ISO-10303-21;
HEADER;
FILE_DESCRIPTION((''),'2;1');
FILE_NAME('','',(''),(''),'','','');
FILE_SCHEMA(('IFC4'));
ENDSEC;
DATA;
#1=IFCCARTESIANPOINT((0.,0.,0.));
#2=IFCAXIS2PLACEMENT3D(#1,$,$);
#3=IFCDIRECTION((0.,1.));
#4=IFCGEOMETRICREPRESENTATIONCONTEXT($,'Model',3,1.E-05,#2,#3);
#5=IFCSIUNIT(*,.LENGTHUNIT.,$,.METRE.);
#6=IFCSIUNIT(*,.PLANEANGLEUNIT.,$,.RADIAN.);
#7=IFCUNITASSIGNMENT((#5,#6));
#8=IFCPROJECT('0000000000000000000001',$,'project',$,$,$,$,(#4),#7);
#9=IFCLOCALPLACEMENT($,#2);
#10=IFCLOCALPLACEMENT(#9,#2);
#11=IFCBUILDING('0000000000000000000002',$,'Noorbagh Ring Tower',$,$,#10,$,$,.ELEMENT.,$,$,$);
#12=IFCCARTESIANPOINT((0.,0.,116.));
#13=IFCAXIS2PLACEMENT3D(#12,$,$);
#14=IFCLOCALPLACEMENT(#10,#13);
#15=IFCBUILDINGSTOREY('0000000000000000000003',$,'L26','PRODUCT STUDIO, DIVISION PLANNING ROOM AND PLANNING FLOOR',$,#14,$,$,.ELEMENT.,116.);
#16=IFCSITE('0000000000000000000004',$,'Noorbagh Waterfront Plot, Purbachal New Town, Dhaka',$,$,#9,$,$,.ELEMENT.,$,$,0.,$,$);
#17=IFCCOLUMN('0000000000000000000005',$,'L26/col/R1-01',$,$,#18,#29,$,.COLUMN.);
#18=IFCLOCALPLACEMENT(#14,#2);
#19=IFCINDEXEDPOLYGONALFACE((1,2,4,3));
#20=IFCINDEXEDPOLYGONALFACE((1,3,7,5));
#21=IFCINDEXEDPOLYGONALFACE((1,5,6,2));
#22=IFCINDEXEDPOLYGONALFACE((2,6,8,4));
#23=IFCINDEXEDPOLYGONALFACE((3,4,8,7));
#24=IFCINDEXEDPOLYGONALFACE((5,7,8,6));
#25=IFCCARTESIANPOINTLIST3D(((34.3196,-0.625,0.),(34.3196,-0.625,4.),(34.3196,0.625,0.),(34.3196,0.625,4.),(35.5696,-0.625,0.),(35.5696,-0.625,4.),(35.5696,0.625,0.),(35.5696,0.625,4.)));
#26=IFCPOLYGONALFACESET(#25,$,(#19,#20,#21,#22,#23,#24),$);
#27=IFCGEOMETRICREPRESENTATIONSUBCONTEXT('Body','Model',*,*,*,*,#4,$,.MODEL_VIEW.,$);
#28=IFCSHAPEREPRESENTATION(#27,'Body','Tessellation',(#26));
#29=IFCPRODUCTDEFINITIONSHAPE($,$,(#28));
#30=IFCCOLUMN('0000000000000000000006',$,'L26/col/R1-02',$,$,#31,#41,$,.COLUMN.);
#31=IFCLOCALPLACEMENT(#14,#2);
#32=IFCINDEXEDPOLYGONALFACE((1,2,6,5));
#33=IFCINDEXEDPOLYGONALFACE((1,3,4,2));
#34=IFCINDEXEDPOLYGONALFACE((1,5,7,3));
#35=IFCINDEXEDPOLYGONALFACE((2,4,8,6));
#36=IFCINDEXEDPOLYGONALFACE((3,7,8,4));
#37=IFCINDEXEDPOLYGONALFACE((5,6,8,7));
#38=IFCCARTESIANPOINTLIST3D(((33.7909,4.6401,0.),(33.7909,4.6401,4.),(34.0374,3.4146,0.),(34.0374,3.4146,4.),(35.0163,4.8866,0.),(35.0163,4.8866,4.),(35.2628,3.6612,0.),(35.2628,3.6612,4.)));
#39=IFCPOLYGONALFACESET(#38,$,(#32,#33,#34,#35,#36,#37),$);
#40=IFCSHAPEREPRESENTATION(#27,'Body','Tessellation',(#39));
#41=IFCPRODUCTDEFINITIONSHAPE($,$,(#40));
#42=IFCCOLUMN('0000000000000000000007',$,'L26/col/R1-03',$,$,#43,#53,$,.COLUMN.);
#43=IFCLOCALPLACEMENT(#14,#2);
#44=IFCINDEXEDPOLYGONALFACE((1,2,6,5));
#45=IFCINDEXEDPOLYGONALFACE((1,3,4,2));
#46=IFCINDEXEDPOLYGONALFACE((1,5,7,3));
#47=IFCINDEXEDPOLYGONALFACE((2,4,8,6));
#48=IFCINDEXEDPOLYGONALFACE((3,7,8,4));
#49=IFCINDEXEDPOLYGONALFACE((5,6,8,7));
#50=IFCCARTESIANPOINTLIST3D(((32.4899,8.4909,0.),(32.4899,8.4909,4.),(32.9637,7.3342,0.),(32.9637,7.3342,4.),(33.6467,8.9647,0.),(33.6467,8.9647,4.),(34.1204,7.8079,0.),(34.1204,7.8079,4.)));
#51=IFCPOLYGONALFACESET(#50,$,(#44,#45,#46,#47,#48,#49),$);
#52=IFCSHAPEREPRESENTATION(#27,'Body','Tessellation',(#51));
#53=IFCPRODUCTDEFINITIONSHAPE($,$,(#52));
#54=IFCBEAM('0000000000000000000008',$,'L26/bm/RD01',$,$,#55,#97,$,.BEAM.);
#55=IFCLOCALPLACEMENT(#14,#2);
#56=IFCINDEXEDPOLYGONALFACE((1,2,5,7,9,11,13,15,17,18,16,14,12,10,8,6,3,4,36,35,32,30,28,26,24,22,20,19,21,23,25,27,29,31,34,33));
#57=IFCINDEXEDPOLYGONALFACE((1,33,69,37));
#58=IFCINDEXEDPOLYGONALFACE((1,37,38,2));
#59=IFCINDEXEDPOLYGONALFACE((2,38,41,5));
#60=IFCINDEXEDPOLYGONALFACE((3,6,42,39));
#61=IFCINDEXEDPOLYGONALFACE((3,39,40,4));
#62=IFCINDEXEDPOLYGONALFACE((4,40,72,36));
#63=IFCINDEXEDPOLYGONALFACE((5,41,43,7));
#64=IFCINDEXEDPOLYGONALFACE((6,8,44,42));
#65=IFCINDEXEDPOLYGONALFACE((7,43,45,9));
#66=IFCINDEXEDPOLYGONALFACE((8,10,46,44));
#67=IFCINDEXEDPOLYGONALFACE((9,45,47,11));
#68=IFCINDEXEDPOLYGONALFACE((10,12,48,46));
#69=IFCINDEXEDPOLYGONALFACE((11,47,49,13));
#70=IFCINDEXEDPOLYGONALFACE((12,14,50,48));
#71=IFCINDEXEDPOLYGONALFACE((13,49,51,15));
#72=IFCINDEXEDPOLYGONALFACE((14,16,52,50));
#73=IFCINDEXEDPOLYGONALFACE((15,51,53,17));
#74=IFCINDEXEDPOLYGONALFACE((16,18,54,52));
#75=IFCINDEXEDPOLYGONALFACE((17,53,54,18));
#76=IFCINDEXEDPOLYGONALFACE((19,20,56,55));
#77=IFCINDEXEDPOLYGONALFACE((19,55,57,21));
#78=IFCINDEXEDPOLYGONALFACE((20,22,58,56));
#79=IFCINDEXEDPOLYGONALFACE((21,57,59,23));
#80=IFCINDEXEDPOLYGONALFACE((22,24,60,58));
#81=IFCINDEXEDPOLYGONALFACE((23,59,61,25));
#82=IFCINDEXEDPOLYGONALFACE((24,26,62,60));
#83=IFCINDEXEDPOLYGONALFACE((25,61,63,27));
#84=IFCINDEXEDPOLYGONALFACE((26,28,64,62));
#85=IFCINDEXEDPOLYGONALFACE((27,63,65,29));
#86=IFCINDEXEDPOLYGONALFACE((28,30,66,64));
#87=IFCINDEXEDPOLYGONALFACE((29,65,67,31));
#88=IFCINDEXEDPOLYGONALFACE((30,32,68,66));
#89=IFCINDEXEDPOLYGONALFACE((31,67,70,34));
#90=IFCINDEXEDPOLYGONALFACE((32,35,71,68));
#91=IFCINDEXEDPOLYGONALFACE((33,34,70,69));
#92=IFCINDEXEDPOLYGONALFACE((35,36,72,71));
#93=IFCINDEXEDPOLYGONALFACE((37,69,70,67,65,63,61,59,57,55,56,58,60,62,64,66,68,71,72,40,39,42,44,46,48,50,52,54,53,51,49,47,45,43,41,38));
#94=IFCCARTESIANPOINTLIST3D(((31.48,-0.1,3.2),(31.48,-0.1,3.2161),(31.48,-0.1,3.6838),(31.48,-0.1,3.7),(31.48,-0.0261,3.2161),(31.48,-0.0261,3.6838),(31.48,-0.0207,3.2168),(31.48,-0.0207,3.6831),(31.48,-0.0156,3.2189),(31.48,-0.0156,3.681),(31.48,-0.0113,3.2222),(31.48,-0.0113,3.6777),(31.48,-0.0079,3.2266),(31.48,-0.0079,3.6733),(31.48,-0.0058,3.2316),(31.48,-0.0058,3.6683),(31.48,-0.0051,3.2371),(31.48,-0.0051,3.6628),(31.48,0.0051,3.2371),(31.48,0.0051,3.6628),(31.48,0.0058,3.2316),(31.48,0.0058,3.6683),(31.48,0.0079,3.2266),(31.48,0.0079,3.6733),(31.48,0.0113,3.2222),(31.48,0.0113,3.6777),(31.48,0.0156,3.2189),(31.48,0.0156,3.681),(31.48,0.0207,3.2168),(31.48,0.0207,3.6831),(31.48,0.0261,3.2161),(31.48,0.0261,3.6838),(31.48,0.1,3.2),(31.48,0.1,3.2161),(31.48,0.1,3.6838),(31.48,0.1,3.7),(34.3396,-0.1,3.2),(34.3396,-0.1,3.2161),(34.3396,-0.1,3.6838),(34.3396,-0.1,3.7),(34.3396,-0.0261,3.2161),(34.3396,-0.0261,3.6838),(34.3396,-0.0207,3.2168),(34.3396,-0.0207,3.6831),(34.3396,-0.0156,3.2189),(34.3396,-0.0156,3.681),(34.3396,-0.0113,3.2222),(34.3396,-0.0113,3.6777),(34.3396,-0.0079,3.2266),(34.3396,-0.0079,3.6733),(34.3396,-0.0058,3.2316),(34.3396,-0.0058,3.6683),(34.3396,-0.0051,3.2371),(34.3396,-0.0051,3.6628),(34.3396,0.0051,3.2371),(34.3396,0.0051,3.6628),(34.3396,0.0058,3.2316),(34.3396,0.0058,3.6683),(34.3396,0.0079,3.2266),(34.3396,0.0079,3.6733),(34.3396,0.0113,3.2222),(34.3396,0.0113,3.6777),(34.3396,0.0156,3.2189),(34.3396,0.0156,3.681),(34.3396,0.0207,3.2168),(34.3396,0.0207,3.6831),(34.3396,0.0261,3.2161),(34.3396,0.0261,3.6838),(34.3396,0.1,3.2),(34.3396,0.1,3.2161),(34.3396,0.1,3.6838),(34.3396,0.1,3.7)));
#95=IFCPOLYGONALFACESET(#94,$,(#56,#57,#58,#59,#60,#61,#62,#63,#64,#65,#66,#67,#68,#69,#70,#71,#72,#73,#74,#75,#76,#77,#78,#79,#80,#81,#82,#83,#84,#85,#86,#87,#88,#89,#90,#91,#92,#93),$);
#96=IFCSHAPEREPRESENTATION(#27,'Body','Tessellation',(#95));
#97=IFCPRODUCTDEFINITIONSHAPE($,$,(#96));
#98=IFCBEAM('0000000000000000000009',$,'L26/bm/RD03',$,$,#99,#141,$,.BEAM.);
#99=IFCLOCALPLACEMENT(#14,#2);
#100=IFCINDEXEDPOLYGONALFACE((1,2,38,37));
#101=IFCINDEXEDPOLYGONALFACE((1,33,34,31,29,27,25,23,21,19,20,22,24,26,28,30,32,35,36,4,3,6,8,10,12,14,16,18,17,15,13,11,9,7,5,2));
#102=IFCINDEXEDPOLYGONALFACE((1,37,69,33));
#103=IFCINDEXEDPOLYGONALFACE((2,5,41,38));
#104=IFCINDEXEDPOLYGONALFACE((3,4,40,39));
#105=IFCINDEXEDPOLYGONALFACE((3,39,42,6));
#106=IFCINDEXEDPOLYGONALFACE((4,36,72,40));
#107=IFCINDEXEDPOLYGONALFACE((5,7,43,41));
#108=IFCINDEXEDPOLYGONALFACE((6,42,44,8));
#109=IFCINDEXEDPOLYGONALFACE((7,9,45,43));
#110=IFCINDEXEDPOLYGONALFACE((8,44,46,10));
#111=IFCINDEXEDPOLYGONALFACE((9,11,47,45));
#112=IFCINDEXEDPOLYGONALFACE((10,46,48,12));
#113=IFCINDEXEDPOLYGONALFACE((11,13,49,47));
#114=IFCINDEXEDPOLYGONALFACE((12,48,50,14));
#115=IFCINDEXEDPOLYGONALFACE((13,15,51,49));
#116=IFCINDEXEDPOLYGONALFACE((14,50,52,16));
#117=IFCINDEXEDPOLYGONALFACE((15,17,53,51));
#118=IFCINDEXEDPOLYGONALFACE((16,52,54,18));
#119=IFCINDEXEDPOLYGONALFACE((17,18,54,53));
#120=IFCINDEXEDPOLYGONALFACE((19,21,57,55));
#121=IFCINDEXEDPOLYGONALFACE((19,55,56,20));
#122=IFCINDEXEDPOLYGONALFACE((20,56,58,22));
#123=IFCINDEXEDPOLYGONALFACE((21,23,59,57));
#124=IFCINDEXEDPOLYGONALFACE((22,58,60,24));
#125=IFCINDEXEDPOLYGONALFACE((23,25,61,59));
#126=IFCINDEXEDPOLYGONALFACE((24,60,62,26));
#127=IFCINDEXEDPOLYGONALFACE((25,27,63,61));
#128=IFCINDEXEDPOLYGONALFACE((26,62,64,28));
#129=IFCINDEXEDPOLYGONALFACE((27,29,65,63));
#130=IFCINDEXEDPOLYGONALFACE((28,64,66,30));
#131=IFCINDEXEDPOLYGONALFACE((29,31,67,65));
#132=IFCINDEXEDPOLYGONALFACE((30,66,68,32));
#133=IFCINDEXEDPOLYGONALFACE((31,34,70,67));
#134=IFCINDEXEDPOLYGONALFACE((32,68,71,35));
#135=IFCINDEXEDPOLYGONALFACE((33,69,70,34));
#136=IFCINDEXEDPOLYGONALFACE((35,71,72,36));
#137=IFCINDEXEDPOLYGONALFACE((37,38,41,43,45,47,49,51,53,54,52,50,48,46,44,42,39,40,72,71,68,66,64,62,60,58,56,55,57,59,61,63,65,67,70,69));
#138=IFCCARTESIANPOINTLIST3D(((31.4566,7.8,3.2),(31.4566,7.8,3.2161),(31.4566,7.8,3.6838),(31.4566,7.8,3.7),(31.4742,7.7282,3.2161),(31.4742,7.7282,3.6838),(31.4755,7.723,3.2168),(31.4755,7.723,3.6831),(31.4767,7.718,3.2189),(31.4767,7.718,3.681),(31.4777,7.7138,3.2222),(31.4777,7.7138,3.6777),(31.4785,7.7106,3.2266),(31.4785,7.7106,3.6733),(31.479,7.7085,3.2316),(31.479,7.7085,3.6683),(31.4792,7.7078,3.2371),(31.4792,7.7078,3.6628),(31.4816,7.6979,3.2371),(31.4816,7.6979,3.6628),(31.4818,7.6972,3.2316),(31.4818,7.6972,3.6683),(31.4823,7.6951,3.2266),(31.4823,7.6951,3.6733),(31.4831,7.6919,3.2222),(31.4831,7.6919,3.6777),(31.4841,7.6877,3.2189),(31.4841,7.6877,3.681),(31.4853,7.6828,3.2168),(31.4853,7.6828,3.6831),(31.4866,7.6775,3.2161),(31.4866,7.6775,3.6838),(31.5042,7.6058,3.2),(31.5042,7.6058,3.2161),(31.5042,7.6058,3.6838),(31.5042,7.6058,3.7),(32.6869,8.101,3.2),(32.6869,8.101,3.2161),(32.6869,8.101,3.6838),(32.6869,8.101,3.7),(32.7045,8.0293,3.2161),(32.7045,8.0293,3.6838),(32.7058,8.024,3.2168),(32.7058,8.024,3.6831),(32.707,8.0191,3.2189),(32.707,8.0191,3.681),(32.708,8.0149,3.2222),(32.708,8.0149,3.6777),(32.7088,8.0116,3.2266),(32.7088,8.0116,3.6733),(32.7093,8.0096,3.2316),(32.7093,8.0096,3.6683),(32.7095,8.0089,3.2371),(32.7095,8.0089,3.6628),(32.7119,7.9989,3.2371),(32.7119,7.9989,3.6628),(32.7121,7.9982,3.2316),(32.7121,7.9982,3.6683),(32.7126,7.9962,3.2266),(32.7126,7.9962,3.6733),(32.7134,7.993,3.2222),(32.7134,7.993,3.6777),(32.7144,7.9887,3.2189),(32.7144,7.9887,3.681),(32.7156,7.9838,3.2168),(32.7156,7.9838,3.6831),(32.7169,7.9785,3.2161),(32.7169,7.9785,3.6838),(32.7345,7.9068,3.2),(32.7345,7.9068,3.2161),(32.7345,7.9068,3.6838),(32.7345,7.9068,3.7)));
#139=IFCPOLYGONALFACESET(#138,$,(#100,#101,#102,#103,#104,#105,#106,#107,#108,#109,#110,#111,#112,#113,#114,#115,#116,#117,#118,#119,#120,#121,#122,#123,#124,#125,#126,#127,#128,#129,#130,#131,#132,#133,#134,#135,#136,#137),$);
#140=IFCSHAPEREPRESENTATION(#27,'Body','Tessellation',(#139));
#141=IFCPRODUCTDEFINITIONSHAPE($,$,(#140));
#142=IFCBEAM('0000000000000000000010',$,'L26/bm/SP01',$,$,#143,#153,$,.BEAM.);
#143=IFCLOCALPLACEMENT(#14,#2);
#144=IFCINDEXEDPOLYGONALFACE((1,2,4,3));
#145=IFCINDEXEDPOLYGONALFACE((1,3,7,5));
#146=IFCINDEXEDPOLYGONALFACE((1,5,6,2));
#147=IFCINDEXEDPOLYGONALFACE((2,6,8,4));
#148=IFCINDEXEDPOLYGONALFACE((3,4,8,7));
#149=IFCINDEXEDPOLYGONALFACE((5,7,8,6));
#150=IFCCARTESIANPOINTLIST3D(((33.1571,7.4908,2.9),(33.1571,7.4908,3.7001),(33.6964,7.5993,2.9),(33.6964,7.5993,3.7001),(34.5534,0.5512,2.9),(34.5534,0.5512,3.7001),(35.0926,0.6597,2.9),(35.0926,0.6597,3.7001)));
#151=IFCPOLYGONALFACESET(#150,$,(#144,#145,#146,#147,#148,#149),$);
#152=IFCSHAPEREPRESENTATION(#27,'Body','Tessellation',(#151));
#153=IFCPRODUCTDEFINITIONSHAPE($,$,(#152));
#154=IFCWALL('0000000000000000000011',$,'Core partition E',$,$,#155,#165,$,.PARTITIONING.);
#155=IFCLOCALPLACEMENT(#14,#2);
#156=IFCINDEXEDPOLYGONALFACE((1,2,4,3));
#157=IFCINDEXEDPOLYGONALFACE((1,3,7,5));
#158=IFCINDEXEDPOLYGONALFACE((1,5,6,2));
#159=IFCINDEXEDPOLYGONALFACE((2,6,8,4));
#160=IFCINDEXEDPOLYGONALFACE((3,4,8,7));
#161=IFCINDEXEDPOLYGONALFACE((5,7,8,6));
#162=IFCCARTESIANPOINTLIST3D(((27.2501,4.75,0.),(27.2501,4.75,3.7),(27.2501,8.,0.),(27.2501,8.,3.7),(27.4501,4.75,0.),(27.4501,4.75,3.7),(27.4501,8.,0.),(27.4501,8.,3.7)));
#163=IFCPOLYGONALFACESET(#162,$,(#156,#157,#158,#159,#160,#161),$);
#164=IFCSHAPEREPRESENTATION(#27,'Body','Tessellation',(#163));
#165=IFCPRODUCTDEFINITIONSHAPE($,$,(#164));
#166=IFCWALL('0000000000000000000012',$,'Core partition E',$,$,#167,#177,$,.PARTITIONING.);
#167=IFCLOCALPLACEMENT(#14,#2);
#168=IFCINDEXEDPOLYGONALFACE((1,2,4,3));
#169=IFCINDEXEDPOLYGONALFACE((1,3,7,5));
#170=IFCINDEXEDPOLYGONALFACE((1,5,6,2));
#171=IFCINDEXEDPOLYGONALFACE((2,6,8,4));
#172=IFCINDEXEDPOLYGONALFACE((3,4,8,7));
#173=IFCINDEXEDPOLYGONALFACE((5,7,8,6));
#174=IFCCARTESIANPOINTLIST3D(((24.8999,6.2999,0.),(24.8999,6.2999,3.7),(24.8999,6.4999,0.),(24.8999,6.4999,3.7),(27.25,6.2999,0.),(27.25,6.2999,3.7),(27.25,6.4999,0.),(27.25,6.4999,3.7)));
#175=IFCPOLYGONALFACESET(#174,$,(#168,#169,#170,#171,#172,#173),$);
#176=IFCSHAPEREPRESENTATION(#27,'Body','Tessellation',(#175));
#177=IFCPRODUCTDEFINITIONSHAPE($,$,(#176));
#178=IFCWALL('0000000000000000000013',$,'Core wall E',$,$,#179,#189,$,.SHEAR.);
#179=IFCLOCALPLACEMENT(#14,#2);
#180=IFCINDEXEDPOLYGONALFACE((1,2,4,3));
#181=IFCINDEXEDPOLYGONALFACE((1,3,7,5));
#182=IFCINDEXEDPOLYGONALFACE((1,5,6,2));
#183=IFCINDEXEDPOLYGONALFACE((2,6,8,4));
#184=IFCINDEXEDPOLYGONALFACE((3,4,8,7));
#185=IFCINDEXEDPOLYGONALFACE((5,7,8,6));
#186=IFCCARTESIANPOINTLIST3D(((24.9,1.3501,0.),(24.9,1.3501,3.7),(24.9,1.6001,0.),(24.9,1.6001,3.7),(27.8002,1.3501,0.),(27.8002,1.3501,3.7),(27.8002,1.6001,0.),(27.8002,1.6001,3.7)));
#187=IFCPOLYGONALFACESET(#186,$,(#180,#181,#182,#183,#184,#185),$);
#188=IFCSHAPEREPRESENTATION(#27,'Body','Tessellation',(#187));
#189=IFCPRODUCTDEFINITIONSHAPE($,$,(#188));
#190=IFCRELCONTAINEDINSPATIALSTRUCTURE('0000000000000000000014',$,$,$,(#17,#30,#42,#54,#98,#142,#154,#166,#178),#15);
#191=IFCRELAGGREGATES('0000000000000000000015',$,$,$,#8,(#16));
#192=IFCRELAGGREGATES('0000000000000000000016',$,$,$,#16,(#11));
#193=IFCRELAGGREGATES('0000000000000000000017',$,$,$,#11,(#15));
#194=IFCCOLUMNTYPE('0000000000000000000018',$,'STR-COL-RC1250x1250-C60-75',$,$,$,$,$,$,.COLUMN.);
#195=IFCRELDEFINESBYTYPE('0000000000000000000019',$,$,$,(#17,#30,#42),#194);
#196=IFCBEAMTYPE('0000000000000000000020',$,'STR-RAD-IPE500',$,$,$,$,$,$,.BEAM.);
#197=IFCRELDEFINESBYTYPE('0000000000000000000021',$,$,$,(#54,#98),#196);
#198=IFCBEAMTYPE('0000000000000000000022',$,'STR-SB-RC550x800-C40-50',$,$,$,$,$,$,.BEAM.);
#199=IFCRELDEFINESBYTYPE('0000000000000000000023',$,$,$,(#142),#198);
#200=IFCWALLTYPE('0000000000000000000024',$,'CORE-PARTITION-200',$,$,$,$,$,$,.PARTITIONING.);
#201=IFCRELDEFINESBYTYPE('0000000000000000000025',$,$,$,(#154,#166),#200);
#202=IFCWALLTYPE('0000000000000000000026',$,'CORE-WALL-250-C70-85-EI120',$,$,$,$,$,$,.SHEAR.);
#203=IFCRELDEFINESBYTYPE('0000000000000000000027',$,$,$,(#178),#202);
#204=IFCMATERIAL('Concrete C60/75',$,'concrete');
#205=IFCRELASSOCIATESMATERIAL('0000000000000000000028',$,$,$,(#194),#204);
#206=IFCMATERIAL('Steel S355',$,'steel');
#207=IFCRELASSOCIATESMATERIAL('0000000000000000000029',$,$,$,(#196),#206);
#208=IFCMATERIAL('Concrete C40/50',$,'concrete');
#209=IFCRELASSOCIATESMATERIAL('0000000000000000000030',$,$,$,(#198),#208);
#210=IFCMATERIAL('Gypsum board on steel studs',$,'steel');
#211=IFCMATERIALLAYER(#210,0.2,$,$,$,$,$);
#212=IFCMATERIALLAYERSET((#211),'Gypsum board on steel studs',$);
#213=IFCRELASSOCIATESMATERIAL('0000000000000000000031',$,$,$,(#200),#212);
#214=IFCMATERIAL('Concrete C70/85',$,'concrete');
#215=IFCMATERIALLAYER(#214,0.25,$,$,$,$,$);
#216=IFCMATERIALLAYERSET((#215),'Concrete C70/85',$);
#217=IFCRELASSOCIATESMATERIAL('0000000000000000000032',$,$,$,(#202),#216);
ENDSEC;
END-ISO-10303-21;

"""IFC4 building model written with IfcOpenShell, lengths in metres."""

from ifc_helpers import new_model, si_unit, direction, frame, frame_2d, origin, origin_2d, place, context, subcontext, project, spatial, rectangle, i_section, extrude, material, layer, layer_set, material_profile, profile_set, type_object, element, save


model = new_model("IFC4")

# Units and contexts
model_context = context("Model", 3, precision=1e-05, world=origin(), true_north=direction((0.0, 1.0)))
body_context = subcontext(model_context, "Body", "Model", "MODEL_VIEW")
ifc_project = project(units=[si_unit("LENGTHUNIT", "METRE"), si_unit("PLANEANGLEUNIT", "RADIAN")], contexts=[model_context])

# Site, building, storey
site_placement = place(None, origin())
site = spatial("IfcSite", under=ifc_project, at=site_placement, Name="Noorbagh Waterfront Plot, Purbachal New Town, Dhaka", CompositionType="ELEMENT", RefElevation=0.0)
building_placement = place(site_placement, origin())
building = spatial("IfcBuilding", under=site, at=building_placement, Name="Noorbagh Ring Tower", CompositionType="ELEMENT")
storey_placement = place(building_placement, frame((0.0, 0.0, 116.0)))
storey = spatial("IfcBuildingStorey", under=building, at=storey_placement, Name="L26", Description="PRODUCT STUDIO, DIVISION PLANNING ROOM AND PLANNING FLOOR", CompositionType="ELEMENT", Elevation=116.0)

# Columns
ifc_material_1 = material(Name="Concrete C60/75", Category="concrete")
ifc_material_profile_1 = material_profile(ifc_material_1, rectangle(XDim=1.25, YDim=1.25, at=origin_2d()), Name="RC1250x1250")
ifc_profile_set_1 = profile_set([ifc_material_profile_1], Name="Concrete C60/75")
column_type = type_object("IfcColumnType", Name="STR-COL-RC1250x1250-C60-75", PredefinedType="COLUMN", material=ifc_profile_set_1)
for number, where, z_axis, x_axis, name in (
    (1, (34.9446, 0.0, 0.0), (0.0, 0.0, 1.0), (0.0, 1.0, 0.0), "L26/col/R1-01"),
    (2, (34.5269, 4.1506, 0.0), (0.0, 0.0, 1.0), (-0.19723, 0.980357, 0.0), "L26/col/R1-02"),
    (3, (33.3052, 8.1494, 0.0), (0.0, 0.0, 1.0), (-0.378989, 0.925401, 0.0), "L26/col/R1-03"),
):
    element("IfcColumn", number, at=place(storey_placement, frame(where, z_axis=z_axis, x_axis=x_axis)), inside=storey, type_object=column_type, Name=name, PredefinedType="COLUMN", context=body_context, shape_type="SweptSolid", body=[
        extrude(rectangle(XDim=1.25, YDim=1.25, at=origin_2d()), origin(), (0.0, 0.0, 1.0), 4.0),
    ])

# Beams
ifc_material_2 = material(Name="Steel S355", Category="steel")
ifc_material_profile_2 = material_profile(ifc_material_2, i_section(OverallWidth=0.2, OverallDepth=0.5, WebThickness=0.0103, FlangeThickness=0.0161, FilletRadius=0.021, at=origin_2d()), Name="IPE500")
ifc_profile_set_2 = profile_set([ifc_material_profile_2], Name="Steel S355")
beam_type_1 = type_object("IfcBeamType", Name="STR-RAD-IPE500", PredefinedType="BEAM", material=ifc_profile_set_2)
beam_1_placement = place(storey_placement, frame((34.3396, 0.0, 3.45), z_axis=(-1.0, 0.0, 0.0), x_axis=(0.0, -1.0, 0.0)))
element("IfcBeam", 4, at=beam_1_placement, inside=storey, type_object=beam_type_1, Name="L26/bm/RD01", PredefinedType="BEAM", context=body_context, shape_type="SweptSolid", body=[
    extrude(i_section(OverallWidth=0.2, OverallDepth=0.5, WebThickness=0.0103, FlangeThickness=0.0161, FilletRadius=0.021, at=origin_2d()), origin(), (0.0, 0.0, 1.0), 2.8596),
])
beam_2_placement = place(storey_placement, frame((32.7107, 8.0039, 3.45), z_axis=(-0.971344, -0.237679, 0.0), x_axis=(0.237679, -0.971344, 0.0)))
element("IfcBeam", 5, at=beam_2_placement, inside=storey, type_object=beam_type_1, Name="L26/bm/RD03", PredefinedType="BEAM", context=body_context, shape_type="SweptSolid", body=[
    extrude(i_section(OverallWidth=0.2, OverallDepth=0.5, WebThickness=0.0103, FlangeThickness=0.0161, FilletRadius=0.021, at=origin_2d()), origin(), (0.0, 0.0, 1.0), 1.2666),
])
ifc_material_3 = material(Name="Concrete C40/50", Category="concrete")
ifc_material_profile_3 = material_profile(ifc_material_3, rectangle(XDim=0.55, YDim=0.8, at=origin_2d()), Name="RC550x800")
ifc_profile_set_3 = profile_set([ifc_material_profile_3], Name="Concrete C40/50")
beam_type_2 = type_object("IfcBeamType", Name="STR-SB-RC550x800-C40-50", PredefinedType="BEAM", material=ifc_profile_set_3)
beam_3_placement = place(storey_placement, frame((34.823, 0.6055, 3.3), z_axis=(-0.19725, 0.980353, 0.0), x_axis=(-0.980353, -0.19725, 0.0)))
element("IfcBeam", 6, at=beam_3_placement, inside=storey, type_object=beam_type_2, Name="L26/bm/SP01", PredefinedType="BEAM", context=body_context, shape_type="SweptSolid", body=[
    extrude(rectangle(XDim=0.55, YDim=0.8, at=origin_2d()), origin(), (0.0, 0.0, 1.0), 7.0786),
])

# Walls
ifc_material_4 = material(Name="Gypsum board on steel studs", Category="steel")
ifc_layer_1 = layer(ifc_material_4, 0.2)
ifc_layer_set_1 = layer_set([ifc_layer_1], Name="Gypsum board on steel studs")
wall_type_1 = type_object("IfcWallType", Name="CORE-PARTITION-200", PredefinedType="PARTITIONING", material=ifc_layer_set_1)
wall_1_placement = place(storey_placement, frame((27.3501, 4.75, 0.0), z_axis=(0.0, 0.0, 1.0), x_axis=(0.0, 1.0, 0.0)))
element("IfcWall", 7, at=wall_1_placement, inside=storey, type_object=wall_type_1, Name="Core partition E", PredefinedType="PARTITIONING", context=body_context, shape_type="SweptSolid", body=[
    extrude(rectangle(XDim=3.25, YDim=0.2, at=frame_2d((1.625, 0.0))), origin(), (0.0, 0.0, 1.0), 3.7),
])
wall_2_placement = place(storey_placement, frame((24.8999, 6.3999, 0.0), z_axis=(0.0, 0.0, 1.0), x_axis=(1.0, 0.0, 0.0)))
element("IfcWall", 8, at=wall_2_placement, inside=storey, type_object=wall_type_1, Name="Core partition E", PredefinedType="PARTITIONING", context=body_context, shape_type="SweptSolid", body=[
    extrude(rectangle(XDim=2.3501, YDim=0.2, at=frame_2d((1.175, 0.0))), origin(), (0.0, 0.0, 1.0), 3.7),
])
ifc_material_5 = material(Name="Concrete C70/85", Category="concrete")
ifc_layer_2 = layer(ifc_material_5, 0.25)
ifc_layer_set_2 = layer_set([ifc_layer_2], Name="Concrete C70/85")
wall_type_2 = type_object("IfcWallType", Name="CORE-WALL-250-C70-85-EI120", PredefinedType="SHEAR", material=ifc_layer_set_2)
wall_3_placement = place(storey_placement, frame((24.8999, 1.4751, 0.0), z_axis=(0.0, 0.0, 1.0), x_axis=(1.0, 0.0, 0.0)))
element("IfcWall", 9, at=wall_3_placement, inside=storey, type_object=wall_type_2, Name="Core wall E", PredefinedType="SHEAR", context=body_context, shape_type="SweptSolid", body=[
    extrude(rectangle(XDim=2.9001, YDim=0.25, at=frame_2d((1.4502, 0.0))), origin(), (0.0, 0.0, 1.0), 3.7),
])

save(model, "model.ifc")
